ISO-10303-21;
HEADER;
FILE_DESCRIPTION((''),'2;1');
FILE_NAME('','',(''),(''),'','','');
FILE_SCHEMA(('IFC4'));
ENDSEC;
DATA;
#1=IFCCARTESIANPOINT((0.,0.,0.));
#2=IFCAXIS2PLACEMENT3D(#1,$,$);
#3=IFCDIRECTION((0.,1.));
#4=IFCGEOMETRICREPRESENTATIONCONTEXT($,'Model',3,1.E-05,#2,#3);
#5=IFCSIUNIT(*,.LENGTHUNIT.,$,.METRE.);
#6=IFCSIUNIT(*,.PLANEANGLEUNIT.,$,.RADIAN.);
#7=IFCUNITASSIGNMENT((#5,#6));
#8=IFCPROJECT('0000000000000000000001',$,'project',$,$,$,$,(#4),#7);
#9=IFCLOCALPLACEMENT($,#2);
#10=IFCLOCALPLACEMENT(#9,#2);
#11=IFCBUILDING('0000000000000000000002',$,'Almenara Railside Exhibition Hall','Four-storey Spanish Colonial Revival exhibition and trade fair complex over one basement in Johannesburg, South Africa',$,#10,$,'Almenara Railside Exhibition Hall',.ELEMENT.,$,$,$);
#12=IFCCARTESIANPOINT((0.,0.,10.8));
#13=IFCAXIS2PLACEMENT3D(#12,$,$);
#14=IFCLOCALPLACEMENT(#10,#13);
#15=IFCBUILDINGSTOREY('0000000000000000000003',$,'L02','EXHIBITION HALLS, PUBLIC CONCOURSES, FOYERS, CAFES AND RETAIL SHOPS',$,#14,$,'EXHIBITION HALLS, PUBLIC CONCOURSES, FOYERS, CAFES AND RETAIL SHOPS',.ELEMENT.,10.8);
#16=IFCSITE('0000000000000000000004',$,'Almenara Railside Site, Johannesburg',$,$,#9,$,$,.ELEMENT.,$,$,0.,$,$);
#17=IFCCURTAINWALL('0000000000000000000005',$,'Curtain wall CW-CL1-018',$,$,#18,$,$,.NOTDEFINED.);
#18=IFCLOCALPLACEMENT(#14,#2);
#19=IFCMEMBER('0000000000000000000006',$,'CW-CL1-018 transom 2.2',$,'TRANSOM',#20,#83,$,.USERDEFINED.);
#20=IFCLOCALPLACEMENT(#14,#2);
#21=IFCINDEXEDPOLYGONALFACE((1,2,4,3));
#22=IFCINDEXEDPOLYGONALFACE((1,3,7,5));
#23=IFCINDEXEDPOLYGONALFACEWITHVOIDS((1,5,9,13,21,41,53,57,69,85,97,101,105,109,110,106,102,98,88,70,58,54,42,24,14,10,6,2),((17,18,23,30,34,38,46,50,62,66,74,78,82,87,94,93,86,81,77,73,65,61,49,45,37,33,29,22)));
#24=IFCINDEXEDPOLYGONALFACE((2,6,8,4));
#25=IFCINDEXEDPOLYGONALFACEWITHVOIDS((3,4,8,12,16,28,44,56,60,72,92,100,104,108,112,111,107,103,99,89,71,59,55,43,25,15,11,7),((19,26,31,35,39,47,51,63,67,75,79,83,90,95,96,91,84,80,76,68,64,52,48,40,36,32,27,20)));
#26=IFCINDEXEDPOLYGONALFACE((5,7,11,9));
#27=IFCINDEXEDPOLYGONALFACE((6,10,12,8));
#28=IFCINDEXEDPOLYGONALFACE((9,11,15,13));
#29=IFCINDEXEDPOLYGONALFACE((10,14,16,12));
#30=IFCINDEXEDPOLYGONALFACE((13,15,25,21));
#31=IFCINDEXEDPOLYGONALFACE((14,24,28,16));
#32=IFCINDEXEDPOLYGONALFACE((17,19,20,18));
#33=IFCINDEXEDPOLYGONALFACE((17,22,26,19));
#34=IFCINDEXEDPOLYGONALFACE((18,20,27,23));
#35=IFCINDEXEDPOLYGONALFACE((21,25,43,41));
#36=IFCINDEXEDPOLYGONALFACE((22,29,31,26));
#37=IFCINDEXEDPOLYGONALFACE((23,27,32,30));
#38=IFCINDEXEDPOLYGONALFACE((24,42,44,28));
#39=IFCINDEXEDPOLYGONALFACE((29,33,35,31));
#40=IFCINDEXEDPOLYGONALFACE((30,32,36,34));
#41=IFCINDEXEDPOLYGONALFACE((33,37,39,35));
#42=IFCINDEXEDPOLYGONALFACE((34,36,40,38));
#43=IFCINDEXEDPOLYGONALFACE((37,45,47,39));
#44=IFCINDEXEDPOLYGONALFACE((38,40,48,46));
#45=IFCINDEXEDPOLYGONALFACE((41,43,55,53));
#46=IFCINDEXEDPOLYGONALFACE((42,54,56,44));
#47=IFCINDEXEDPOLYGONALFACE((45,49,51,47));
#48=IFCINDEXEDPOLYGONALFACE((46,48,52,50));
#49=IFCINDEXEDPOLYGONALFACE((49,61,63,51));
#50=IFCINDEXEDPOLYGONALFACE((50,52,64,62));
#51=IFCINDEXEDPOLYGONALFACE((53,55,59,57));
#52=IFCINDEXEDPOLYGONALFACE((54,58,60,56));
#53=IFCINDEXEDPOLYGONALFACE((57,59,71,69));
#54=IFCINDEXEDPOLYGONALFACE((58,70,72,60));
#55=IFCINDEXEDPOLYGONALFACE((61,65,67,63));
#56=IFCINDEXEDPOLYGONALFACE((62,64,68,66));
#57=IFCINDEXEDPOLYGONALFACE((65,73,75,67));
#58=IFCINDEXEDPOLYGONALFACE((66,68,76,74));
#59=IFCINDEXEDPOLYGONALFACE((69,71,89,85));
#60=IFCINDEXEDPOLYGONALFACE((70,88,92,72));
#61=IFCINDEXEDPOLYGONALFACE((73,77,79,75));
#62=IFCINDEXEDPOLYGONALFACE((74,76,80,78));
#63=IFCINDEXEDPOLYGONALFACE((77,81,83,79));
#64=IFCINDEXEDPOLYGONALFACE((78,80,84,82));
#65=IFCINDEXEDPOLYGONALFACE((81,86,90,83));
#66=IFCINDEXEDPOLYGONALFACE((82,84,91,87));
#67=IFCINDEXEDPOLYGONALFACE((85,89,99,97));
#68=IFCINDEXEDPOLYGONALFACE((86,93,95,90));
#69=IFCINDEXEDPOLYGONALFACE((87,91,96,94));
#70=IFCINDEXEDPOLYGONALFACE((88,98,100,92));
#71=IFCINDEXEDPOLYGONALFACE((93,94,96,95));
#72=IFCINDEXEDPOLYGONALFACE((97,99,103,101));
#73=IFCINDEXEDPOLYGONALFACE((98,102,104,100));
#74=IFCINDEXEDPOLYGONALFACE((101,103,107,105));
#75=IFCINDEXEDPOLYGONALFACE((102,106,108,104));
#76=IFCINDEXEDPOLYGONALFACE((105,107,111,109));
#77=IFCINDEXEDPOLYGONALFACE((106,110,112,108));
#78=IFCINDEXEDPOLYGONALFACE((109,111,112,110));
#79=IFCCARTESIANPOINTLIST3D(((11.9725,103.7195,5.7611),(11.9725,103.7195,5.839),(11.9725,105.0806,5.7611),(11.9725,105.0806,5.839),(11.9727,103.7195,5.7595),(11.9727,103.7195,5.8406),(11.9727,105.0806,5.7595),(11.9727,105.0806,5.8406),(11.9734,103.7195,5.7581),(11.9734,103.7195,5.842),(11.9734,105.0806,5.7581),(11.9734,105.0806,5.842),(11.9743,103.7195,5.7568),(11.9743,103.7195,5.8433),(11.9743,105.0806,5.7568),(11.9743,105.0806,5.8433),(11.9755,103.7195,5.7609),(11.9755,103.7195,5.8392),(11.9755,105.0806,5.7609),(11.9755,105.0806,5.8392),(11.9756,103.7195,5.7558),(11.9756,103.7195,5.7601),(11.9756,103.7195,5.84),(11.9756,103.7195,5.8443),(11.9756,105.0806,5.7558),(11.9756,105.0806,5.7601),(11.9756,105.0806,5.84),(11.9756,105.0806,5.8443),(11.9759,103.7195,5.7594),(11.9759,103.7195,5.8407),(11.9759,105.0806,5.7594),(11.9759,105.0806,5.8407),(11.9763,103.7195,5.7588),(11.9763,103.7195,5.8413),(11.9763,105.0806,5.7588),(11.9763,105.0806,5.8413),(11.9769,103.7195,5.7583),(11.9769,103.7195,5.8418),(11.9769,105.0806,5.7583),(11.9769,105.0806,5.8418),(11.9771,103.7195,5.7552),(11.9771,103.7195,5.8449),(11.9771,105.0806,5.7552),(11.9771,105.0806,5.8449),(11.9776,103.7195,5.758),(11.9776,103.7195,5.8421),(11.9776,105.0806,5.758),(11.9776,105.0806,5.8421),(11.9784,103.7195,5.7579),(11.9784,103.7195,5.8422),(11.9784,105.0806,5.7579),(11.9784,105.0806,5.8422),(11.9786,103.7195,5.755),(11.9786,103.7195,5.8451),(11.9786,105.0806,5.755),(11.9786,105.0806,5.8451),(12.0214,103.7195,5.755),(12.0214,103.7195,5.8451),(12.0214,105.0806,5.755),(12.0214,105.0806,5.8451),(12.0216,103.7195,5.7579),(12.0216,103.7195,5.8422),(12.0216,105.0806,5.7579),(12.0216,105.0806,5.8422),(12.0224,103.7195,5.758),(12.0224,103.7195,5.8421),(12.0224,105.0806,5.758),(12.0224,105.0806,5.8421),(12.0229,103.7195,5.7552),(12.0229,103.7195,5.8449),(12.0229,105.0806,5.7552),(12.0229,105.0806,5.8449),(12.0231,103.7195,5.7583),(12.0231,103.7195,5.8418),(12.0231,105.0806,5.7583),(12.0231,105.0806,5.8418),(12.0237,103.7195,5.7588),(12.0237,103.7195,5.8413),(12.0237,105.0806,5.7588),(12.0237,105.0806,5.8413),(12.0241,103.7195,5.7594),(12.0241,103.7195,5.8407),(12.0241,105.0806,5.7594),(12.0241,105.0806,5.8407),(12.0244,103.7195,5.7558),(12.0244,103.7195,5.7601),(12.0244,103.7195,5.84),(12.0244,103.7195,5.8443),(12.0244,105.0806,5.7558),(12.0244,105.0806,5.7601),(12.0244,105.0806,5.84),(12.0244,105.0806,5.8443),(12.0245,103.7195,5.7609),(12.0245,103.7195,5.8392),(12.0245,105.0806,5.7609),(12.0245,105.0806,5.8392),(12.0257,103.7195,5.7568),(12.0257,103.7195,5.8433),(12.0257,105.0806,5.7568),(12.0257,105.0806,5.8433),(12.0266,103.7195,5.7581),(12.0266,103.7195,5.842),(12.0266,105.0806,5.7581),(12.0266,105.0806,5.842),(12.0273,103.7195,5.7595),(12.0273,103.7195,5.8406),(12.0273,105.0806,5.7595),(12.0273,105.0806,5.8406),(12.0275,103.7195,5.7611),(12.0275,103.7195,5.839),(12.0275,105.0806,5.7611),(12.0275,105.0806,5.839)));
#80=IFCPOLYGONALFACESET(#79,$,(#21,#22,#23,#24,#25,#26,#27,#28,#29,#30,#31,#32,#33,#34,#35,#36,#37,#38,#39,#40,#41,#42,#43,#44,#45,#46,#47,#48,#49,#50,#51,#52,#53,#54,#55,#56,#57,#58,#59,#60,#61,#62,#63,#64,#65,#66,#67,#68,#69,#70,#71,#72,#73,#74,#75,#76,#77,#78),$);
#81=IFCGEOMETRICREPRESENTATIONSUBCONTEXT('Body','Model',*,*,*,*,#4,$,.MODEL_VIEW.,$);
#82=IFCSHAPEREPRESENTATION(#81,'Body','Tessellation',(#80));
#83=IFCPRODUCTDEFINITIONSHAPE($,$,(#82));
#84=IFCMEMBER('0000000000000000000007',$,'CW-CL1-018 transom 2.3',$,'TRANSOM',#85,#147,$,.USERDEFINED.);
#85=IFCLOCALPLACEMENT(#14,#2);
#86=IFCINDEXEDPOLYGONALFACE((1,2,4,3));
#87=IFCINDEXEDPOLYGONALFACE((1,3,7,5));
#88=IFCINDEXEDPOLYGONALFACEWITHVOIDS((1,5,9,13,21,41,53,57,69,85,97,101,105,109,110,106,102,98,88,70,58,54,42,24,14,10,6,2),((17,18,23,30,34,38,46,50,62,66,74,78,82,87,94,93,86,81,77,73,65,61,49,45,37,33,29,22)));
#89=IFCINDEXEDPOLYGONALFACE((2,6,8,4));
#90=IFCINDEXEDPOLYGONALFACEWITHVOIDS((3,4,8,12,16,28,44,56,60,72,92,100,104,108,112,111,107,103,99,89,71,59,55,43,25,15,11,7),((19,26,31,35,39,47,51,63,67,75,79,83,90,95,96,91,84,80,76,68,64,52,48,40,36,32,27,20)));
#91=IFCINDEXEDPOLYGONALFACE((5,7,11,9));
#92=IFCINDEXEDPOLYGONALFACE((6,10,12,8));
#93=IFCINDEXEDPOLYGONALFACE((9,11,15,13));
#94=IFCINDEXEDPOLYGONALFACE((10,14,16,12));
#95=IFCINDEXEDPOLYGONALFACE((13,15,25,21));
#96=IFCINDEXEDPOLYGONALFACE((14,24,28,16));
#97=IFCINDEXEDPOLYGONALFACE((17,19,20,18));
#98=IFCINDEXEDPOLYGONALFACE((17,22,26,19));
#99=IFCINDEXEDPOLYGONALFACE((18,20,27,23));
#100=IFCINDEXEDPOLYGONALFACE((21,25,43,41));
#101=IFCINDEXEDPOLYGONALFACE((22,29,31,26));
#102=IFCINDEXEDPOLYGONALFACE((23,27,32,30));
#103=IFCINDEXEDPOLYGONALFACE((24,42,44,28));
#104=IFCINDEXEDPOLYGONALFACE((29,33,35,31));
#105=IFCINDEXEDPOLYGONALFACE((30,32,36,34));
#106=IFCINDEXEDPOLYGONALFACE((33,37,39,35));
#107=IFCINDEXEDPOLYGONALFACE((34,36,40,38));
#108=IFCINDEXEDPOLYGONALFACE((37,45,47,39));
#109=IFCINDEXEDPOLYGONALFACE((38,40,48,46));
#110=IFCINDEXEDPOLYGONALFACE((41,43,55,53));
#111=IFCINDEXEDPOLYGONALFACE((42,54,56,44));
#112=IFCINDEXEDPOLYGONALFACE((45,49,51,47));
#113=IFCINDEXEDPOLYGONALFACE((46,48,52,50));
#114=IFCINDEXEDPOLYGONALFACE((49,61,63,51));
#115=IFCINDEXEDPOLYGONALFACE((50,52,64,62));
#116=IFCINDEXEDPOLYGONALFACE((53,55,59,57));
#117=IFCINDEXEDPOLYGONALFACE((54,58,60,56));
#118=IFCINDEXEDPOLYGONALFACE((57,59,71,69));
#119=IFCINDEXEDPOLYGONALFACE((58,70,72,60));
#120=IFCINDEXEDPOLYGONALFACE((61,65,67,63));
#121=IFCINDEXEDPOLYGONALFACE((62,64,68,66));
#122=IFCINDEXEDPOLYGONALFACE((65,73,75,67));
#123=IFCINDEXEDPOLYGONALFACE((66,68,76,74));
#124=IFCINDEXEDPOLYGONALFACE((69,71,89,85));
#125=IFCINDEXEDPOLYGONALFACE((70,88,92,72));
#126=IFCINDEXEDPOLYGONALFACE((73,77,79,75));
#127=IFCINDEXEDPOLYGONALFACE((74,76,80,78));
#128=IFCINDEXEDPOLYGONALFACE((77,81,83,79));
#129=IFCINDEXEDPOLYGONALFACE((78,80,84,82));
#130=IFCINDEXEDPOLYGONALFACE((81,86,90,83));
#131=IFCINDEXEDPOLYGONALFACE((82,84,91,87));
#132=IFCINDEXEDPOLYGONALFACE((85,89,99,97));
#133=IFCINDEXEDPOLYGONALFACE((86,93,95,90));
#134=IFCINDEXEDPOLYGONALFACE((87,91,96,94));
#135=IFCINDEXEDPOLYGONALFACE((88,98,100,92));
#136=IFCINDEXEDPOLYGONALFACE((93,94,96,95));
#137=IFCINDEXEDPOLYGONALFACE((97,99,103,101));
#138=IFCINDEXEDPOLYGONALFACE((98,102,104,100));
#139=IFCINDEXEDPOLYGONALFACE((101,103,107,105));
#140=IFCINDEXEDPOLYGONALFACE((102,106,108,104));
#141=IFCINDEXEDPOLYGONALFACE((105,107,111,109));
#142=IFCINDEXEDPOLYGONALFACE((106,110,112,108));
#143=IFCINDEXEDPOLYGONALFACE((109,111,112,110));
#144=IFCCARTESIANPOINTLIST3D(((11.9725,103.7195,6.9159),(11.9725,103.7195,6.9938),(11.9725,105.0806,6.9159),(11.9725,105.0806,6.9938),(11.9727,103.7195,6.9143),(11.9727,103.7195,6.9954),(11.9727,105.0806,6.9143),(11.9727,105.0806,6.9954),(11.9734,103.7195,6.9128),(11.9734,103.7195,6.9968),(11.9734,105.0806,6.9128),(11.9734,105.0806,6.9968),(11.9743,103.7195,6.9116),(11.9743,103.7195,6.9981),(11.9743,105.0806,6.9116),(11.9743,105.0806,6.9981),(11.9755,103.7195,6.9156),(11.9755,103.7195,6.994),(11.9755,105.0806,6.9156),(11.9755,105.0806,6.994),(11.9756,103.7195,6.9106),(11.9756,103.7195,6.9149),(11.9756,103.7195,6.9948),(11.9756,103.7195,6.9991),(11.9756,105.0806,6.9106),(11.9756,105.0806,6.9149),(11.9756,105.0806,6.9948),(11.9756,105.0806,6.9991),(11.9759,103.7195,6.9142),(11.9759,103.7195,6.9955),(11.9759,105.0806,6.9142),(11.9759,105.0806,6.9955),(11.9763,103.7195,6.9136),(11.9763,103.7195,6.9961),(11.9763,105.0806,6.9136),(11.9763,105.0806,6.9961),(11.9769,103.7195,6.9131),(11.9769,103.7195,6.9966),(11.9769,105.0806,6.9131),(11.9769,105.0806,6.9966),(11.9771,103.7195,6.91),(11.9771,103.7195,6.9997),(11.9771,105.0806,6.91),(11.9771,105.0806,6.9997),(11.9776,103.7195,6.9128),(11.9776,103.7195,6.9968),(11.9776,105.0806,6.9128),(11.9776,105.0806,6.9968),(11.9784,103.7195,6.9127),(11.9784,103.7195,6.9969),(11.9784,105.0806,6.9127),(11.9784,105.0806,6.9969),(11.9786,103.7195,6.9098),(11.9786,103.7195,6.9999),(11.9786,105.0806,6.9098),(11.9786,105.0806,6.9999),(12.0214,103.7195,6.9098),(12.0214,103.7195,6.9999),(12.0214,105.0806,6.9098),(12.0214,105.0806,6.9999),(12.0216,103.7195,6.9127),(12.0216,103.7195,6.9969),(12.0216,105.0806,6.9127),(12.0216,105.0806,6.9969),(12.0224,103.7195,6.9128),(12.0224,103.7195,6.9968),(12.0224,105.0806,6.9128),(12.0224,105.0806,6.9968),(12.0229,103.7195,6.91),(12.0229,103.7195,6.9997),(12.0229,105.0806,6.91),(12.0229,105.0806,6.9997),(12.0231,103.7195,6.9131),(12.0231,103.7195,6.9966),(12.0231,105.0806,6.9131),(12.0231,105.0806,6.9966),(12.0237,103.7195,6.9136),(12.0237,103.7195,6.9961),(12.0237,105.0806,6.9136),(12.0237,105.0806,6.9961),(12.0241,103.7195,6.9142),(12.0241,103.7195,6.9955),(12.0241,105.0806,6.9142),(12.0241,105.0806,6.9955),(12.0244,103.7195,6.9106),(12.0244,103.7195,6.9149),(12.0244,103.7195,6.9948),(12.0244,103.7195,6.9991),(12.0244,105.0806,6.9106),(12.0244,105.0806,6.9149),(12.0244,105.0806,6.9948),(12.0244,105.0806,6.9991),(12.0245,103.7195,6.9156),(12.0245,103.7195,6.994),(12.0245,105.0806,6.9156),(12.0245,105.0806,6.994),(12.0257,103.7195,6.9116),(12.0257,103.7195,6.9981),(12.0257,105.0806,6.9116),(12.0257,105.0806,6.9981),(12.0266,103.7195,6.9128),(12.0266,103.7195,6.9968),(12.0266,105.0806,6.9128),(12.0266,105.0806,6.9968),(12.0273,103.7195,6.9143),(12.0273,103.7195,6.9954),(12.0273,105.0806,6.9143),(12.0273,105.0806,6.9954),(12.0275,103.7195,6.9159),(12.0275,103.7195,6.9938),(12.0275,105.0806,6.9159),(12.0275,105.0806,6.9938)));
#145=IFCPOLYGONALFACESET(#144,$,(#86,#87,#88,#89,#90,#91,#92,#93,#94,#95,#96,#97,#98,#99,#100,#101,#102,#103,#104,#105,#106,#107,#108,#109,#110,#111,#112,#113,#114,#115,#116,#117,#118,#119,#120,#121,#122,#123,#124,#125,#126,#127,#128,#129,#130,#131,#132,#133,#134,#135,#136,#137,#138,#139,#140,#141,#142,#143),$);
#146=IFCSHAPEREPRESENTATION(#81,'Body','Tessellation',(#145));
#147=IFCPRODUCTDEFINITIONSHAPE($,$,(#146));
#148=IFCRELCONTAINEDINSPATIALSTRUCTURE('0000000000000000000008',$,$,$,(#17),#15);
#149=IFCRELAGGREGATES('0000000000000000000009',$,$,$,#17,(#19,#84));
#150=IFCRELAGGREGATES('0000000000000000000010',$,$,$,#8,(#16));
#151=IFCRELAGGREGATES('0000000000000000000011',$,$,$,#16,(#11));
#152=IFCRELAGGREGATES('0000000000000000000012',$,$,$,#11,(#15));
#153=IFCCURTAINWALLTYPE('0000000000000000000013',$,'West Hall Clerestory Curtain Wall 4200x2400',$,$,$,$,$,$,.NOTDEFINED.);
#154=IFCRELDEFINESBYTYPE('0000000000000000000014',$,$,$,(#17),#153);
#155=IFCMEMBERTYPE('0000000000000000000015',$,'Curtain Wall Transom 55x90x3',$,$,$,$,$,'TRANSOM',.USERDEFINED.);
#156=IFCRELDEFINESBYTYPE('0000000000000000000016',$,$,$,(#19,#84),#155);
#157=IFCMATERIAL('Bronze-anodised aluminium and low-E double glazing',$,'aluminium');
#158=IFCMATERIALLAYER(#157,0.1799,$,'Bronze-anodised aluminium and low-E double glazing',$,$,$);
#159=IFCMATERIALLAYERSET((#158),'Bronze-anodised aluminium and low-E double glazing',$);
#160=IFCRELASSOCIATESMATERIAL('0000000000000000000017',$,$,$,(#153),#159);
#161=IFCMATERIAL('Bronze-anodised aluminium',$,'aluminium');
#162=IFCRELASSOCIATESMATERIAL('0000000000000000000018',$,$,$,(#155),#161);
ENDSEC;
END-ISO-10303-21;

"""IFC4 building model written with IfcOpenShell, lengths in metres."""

from ifc_helpers import new_model, si_unit, direction, frame, origin, origin_2d, place, context, subcontext, project, spatial, hollow_rectangle, extrude, material, layer, layer_set, material_profile, profile_set, type_object, element, aggregate, save


model = new_model("IFC4")

# Units and contexts
model_context = context("Model", 3, precision=1e-05, world=origin(), true_north=direction((0.0, 1.0)))
body_context = subcontext(model_context, "Body", "Model", "MODEL_VIEW")
ifc_project = project(units=[si_unit("LENGTHUNIT", "METRE"), si_unit("PLANEANGLEUNIT", "RADIAN")], contexts=[model_context])

# Site, building, storey
site_placement = place(None, origin())
site = spatial("IfcSite", under=ifc_project, at=site_placement, Name="Almenara Railside Site, Johannesburg", CompositionType="ELEMENT", RefElevation=0.0)
building_placement = place(site_placement, origin())
building = spatial("IfcBuilding", under=site, at=building_placement, Name="Almenara Railside Exhibition Hall", Description="Four-storey Spanish Colonial Revival exhibition and trade fair complex over one basement in Johannesburg, South Africa", LongName="Almenara Railside Exhibition Hall", CompositionType="ELEMENT")
storey_placement = place(building_placement, frame((0.0, 0.0, 10.8)))
storey = spatial("IfcBuildingStorey", under=building, at=storey_placement, Name="L02", Description="EXHIBITION HALLS, PUBLIC CONCOURSES, FOYERS, CAFES AND RETAIL SHOPS", LongName="EXHIBITION HALLS, PUBLIC CONCOURSES, FOYERS, CAFES AND RETAIL SHOPS", CompositionType="ELEMENT", Elevation=10.8)

# Curtain wall
ifc_material_1 = material(Name="Bronze-anodised aluminium and low-E double glazing", Category="aluminium")
ifc_layer_1 = layer(ifc_material_1, 0.1799, Name="Bronze-anodised aluminium and low-E double glazing")
ifc_layer_set_1 = layer_set([ifc_layer_1], Name="Bronze-anodised aluminium and low-E double glazing")
curtain_wall_type = type_object("IfcCurtainWallType", Name="West Hall Clerestory Curtain Wall 4200x2400", PredefinedType="NOTDEFINED", material=ifc_layer_set_1)
curtain_wall_1_placement = place(storey_placement, origin())
curtain_wall_1 = element("IfcCurtainWall", 1, at=curtain_wall_1_placement, inside=storey, type_object=curtain_wall_type, Name="Curtain wall CW-CL1-018", PredefinedType="NOTDEFINED")
ifc_material_2 = material(Name="Bronze-anodised aluminium", Category="aluminium")

# Members
ifc_material_profile_1 = material_profile(ifc_material_2, hollow_rectangle(XDim=0.0549, YDim=0.0901, WallThickness=0.0029, InnerFilletRadius=0.0029, OuterFilletRadius=0.0061, at=origin_2d()), Name="ALU-TRN 55x90x3")
ifc_profile_set_1 = profile_set([ifc_material_profile_1], Name="Bronze-anodised aluminium")
member_type_1 = type_object("IfcMemberType", Name="Curtain Wall Transom 55x90x3", ElementType="TRANSOM", PredefinedType="USERDEFINED", material=ifc_profile_set_1)
member_1_placement = place(storey_placement, frame((12.0, 103.7195, 5.8), z_axis=(0.0, 1.0, 0.0), x_axis=(-1.0, 0.0, 0.0)))
member_1 = element("IfcMember", 2, at=member_1_placement, type_object=member_type_1, Name="CW-CL1-018 transom 2.2", ObjectType="TRANSOM", PredefinedType="USERDEFINED", context=body_context, shape_type="SweptSolid", body=[
    extrude(hollow_rectangle(XDim=0.0549, YDim=0.0901, WallThickness=0.0029, InnerFilletRadius=0.0029, OuterFilletRadius=0.0061, at=origin_2d()), origin(), (0.0, 0.0, 1.0), 1.3611),
])
member_2_placement = place(storey_placement, frame((12.0, 103.7195, 6.9548), z_axis=(0.0, 1.0, 0.0), x_axis=(-1.0, 0.0, 0.0)))
member_2 = element("IfcMember", 3, at=member_2_placement, type_object=member_type_1, Name="CW-CL1-018 transom 2.3", ObjectType="TRANSOM", PredefinedType="USERDEFINED", context=body_context, shape_type="SweptSolid", body=[
    extrude(hollow_rectangle(XDim=0.0549, YDim=0.0901, WallThickness=0.0029, InnerFilletRadius=0.0029, OuterFilletRadius=0.0061, at=origin_2d()), origin(), (0.0, 0.0, 1.0), 1.3611),
])

aggregate(curtain_wall_1, [member_1, member_2])

save(model, "model.ifc")
